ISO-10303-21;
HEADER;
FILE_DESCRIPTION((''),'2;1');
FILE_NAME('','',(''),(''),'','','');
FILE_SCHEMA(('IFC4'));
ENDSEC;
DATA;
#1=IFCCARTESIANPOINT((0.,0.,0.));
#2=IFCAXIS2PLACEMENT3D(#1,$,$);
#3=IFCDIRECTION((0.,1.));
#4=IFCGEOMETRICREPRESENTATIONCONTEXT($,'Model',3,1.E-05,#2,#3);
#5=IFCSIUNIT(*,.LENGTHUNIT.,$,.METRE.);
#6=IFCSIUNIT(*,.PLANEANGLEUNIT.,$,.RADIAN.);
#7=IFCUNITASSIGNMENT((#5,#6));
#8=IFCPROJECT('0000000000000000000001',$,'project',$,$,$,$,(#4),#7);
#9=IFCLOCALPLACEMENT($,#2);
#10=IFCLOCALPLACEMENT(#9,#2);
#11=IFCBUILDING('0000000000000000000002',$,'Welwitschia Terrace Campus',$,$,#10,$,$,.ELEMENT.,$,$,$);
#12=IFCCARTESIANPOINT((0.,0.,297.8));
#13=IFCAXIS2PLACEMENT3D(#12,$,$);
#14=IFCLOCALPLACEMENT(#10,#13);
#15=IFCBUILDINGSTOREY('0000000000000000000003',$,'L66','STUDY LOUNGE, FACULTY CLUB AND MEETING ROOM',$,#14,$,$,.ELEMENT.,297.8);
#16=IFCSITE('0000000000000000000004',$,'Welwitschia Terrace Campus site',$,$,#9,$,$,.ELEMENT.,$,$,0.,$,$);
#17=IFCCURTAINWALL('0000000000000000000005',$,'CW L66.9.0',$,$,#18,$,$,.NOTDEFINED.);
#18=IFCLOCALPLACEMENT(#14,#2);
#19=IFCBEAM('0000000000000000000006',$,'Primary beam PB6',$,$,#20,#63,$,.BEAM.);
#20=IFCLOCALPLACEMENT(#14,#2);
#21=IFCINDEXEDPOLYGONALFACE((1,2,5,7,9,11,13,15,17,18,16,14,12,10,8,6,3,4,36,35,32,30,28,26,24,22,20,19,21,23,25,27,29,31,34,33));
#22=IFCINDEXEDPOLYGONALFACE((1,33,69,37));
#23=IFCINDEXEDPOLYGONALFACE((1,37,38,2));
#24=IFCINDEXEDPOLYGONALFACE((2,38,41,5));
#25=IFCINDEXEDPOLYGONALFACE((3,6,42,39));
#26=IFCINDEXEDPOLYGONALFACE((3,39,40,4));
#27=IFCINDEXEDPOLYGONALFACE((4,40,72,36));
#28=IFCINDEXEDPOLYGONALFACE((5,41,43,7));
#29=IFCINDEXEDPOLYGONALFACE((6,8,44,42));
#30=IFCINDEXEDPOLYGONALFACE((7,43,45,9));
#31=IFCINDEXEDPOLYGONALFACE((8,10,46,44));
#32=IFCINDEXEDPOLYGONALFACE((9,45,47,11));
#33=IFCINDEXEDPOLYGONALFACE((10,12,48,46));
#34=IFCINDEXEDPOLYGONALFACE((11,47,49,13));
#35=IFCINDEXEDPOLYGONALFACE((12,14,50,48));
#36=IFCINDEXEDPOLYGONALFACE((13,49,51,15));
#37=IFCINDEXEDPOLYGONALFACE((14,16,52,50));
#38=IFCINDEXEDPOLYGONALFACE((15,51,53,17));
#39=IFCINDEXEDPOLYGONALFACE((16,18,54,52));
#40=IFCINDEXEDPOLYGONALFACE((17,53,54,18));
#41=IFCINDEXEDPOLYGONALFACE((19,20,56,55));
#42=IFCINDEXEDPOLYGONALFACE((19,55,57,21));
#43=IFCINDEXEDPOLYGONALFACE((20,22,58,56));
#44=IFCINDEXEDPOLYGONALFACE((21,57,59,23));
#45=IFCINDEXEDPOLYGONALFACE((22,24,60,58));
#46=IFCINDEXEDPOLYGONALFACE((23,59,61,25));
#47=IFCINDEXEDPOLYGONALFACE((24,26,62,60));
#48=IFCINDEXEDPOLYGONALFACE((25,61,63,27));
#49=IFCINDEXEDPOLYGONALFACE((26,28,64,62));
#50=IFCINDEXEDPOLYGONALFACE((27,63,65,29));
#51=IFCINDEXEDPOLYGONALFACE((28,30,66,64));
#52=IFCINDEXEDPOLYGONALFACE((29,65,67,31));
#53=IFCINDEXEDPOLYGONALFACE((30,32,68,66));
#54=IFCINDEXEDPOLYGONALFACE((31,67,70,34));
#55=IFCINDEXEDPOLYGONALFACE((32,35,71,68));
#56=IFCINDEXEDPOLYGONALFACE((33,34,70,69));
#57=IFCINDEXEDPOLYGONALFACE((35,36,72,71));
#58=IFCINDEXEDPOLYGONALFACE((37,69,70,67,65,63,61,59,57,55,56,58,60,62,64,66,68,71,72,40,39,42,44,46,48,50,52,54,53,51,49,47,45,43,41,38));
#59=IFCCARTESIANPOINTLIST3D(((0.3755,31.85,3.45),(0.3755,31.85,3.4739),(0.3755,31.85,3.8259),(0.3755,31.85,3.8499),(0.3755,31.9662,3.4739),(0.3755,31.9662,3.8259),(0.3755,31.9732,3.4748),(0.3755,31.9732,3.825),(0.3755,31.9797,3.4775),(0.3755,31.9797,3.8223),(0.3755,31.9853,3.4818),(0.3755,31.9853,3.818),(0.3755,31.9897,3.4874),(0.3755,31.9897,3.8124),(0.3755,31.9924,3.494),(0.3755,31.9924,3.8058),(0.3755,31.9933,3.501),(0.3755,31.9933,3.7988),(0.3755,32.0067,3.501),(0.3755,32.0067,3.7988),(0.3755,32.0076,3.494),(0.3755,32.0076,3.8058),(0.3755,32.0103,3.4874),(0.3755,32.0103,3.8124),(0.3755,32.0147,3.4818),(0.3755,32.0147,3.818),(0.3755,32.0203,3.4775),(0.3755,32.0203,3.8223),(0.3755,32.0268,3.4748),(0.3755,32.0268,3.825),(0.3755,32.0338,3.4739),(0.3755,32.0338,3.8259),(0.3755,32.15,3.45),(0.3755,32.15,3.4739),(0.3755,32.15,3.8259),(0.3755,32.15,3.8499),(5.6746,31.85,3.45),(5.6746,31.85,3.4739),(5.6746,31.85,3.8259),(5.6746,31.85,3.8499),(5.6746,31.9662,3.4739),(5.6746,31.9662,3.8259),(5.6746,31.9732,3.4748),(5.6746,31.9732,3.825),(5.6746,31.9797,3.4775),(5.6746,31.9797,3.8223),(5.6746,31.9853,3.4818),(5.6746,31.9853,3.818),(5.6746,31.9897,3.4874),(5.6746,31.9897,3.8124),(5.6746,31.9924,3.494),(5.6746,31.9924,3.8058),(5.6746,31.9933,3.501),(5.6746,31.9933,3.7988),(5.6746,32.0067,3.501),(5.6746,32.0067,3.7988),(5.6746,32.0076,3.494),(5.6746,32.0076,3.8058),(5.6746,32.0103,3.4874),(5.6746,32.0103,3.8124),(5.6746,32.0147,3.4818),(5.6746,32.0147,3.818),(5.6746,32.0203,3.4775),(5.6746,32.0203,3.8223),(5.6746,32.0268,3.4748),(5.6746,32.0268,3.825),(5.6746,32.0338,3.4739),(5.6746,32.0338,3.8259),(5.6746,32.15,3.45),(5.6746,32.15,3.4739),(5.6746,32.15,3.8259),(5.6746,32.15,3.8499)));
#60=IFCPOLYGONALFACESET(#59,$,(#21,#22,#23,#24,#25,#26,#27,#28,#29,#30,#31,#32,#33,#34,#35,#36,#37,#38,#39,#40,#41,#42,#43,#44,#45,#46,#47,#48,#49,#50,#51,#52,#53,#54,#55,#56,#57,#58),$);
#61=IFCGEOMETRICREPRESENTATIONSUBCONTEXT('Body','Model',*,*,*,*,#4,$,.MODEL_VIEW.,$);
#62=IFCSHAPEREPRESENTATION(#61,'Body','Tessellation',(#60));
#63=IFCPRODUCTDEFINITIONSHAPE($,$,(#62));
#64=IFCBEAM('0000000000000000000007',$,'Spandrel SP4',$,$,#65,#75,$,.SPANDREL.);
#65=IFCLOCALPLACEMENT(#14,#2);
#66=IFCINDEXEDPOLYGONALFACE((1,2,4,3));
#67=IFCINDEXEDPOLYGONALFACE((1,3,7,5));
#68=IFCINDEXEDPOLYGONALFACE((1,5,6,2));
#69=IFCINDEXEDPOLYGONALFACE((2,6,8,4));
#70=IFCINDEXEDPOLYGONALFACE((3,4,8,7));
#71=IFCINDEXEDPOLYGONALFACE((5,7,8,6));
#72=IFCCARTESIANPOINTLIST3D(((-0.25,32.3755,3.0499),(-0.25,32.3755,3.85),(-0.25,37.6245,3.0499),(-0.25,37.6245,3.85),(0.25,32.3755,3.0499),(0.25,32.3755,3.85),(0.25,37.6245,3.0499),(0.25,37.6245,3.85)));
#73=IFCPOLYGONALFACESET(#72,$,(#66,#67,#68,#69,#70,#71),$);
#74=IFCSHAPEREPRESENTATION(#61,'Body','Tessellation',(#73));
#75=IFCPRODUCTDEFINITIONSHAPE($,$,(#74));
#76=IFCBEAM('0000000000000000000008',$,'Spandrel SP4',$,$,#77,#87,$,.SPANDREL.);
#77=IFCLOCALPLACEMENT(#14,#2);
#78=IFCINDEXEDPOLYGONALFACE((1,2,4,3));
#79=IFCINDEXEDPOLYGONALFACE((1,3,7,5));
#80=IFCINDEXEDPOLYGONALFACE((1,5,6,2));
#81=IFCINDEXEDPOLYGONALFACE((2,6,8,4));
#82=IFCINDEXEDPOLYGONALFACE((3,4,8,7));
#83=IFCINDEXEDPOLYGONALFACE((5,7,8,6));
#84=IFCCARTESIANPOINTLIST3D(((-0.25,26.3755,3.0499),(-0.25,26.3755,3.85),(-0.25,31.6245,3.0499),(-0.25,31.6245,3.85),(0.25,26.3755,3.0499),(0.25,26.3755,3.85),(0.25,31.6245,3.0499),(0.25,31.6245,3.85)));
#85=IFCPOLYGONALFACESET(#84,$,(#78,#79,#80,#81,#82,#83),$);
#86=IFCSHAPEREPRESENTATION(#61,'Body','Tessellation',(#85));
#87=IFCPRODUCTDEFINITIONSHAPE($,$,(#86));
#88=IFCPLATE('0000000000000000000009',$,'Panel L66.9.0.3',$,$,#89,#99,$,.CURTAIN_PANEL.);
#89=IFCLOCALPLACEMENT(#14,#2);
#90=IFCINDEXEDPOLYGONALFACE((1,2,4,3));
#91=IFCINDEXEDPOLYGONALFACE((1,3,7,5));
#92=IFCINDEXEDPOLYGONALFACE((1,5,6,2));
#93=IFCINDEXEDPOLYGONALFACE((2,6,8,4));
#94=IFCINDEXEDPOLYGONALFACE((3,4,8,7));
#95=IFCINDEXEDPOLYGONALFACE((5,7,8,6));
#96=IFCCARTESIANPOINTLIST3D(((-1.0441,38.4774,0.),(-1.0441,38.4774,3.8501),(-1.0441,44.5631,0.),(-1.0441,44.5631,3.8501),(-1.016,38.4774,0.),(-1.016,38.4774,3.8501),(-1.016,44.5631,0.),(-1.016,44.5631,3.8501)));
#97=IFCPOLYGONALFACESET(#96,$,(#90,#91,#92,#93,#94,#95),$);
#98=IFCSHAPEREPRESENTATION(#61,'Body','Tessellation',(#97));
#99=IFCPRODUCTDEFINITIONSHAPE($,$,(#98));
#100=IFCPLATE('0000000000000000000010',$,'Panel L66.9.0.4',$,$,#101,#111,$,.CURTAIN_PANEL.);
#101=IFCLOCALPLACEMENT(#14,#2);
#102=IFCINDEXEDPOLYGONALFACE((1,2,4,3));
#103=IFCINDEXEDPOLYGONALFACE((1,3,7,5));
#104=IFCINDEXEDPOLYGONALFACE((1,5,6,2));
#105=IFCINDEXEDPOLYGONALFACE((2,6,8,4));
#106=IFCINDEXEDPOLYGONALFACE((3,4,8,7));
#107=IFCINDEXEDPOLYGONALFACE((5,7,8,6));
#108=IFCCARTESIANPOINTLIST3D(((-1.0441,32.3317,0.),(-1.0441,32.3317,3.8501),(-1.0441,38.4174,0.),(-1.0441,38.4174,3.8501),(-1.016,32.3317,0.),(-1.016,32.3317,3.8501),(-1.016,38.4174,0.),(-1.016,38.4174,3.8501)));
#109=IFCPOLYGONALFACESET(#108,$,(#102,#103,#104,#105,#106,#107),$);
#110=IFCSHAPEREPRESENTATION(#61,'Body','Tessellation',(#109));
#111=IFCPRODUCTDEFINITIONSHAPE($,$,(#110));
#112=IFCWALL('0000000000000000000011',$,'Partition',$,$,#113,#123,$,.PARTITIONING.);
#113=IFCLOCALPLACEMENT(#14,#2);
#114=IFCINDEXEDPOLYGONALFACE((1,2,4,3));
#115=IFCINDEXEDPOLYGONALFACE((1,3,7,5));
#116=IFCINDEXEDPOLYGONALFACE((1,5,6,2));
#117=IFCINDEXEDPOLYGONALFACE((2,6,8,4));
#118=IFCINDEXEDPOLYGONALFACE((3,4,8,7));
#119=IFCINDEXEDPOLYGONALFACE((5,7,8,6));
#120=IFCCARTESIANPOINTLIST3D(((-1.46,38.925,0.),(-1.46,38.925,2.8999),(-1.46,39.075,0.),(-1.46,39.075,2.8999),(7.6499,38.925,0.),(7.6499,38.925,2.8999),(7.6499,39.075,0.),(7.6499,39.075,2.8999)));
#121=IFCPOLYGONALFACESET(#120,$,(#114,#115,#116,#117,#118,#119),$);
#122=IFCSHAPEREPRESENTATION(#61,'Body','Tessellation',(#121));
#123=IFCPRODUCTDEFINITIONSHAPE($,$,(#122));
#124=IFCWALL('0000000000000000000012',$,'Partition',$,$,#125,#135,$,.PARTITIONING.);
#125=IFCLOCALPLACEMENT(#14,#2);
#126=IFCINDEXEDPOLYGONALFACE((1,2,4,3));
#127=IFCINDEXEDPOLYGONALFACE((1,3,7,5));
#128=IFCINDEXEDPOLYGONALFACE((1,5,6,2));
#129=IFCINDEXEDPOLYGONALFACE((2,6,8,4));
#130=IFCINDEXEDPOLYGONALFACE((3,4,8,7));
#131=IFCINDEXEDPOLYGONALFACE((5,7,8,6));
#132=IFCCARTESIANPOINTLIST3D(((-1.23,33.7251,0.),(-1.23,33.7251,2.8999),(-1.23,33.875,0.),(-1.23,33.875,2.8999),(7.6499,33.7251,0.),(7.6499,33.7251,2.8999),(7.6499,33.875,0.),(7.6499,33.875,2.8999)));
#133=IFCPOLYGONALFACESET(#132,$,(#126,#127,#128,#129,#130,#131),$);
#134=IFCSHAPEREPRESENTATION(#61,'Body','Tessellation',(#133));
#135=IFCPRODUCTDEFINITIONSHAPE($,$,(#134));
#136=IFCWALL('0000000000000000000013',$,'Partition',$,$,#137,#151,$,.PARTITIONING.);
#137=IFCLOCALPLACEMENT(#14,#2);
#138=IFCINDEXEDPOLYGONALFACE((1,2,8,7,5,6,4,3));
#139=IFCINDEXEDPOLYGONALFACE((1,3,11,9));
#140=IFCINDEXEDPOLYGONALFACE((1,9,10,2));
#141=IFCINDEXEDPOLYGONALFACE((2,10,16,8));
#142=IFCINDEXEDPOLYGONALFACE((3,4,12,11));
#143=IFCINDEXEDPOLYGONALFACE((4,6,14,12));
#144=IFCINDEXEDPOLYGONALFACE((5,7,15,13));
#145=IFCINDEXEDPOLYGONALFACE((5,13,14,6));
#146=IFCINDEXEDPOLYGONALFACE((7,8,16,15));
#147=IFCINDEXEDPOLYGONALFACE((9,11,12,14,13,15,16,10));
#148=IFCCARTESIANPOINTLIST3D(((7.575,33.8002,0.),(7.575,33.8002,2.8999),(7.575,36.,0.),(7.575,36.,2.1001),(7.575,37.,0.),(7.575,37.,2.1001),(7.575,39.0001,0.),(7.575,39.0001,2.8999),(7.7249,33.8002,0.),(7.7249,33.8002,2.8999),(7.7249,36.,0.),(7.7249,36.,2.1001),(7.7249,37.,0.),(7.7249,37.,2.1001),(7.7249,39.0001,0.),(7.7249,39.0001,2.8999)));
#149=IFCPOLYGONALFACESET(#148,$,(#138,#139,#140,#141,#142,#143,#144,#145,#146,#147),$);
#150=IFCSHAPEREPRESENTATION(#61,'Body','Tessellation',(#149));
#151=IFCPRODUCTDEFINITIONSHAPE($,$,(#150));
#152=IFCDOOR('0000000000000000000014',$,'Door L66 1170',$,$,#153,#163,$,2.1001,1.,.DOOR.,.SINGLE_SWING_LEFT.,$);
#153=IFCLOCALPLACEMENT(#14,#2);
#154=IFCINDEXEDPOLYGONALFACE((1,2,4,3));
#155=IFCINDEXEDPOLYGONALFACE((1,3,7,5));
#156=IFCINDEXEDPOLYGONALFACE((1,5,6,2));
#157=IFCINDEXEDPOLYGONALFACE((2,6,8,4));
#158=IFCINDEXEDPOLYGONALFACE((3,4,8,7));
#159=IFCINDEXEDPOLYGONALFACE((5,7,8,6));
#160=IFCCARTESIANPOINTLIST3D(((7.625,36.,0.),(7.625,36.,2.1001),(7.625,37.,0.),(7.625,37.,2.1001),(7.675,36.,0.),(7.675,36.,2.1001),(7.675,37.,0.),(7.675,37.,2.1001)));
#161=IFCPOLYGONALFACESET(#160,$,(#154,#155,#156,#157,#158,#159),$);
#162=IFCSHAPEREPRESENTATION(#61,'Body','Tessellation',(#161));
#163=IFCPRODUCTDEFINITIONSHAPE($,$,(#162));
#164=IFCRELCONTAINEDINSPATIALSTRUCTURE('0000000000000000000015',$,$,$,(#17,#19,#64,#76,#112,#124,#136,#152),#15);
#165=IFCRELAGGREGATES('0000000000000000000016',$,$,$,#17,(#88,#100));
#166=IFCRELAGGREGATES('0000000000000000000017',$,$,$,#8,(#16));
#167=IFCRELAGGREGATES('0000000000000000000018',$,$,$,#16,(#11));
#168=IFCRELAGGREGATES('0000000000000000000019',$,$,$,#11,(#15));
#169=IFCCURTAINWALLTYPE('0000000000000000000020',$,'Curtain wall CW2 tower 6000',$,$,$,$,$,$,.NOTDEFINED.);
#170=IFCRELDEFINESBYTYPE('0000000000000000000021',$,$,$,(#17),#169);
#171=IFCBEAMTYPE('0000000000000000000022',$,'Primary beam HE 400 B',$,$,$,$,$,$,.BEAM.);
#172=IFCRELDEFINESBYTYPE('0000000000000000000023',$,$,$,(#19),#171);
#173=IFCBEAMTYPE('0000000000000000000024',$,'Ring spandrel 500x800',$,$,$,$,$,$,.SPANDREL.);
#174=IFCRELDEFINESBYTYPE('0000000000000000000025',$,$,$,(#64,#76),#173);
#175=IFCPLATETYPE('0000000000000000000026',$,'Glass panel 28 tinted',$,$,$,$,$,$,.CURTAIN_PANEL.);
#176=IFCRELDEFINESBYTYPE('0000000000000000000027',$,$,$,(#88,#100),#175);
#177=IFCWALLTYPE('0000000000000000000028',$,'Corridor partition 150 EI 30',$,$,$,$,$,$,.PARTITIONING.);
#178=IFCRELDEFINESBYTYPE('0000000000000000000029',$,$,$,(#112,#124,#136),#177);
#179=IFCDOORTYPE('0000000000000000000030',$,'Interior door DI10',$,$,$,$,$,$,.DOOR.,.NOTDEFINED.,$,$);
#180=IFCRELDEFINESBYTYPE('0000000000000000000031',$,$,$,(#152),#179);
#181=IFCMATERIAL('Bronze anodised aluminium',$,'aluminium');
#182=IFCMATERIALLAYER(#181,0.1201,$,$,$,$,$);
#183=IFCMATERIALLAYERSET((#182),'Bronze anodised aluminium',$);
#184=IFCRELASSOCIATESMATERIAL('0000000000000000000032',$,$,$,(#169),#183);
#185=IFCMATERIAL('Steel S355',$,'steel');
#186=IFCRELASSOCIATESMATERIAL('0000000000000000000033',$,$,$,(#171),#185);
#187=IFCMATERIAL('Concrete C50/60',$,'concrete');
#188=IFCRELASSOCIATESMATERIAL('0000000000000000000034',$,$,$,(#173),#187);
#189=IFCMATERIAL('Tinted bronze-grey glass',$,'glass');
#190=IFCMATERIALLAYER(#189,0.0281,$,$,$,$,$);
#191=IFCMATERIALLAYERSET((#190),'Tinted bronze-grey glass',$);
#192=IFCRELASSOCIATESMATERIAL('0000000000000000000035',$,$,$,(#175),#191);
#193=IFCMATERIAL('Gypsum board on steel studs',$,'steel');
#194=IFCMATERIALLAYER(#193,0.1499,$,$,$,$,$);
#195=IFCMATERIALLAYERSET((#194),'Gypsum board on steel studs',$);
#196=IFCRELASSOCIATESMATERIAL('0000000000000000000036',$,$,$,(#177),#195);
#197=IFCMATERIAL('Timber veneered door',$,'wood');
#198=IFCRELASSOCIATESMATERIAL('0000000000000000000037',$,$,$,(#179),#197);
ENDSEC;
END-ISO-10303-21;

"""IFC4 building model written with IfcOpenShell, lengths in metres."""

from ifc_helpers import new_model, si_unit, direction, frame, frame_2d, origin, origin_2d, place, context, subcontext, project, spatial, rectangle, i_section, extrude, material, layer, layer_set, material_profile, profile_set, type_object, element, fill, aggregate, save


model = new_model("IFC4")

# Units and contexts
model_context = context("Model", 3, precision=1e-05, world=origin(), true_north=direction((0.0, 1.0)))
body_context = subcontext(model_context, "Body", "Model", "MODEL_VIEW")
ifc_project = project(units=[si_unit("LENGTHUNIT", "METRE"), si_unit("PLANEANGLEUNIT", "RADIAN")], contexts=[model_context])

# Site, building, storey
site_placement = place(None, origin())
site = spatial("IfcSite", under=ifc_project, at=site_placement, Name="Welwitschia Terrace Campus site", CompositionType="ELEMENT", RefElevation=0.0)
building_placement = place(site_placement, origin())
building = spatial("IfcBuilding", under=site, at=building_placement, Name="Welwitschia Terrace Campus", CompositionType="ELEMENT")
storey_placement = place(building_placement, frame((0.0, 0.0, 297.8)))
storey = spatial("IfcBuildingStorey", under=building, at=storey_placement, Name="L66", Description="STUDY LOUNGE, FACULTY CLUB AND MEETING ROOM", CompositionType="ELEMENT", Elevation=297.8)

# Curtain wall
ifc_material_1 = material(Name="Bronze anodised aluminium", Category="aluminium")
ifc_layer_1 = layer(ifc_material_1, 0.1201)
ifc_layer_set_1 = layer_set([ifc_layer_1], Name="Bronze anodised aluminium")
curtain_wall_type = type_object("IfcCurtainWallType", Name="Curtain wall CW2 tower 6000", PredefinedType="NOTDEFINED", material=ifc_layer_set_1)
curtain_wall_placement = place(storey_placement, origin())
curtain_wall = element("IfcCurtainWall", 1, at=curtain_wall_placement, inside=storey, type_object=curtain_wall_type, Name="CW L66.9.0", PredefinedType="NOTDEFINED")

# Beams
ifc_material_2 = material(Name="Steel S355", Category="steel")
ifc_material_profile_1 = material_profile(ifc_material_2, i_section(OverallWidth=0.3, OverallDepth=0.3999, WebThickness=0.0134, FlangeThickness=0.0239, FilletRadius=0.0271, at=origin_2d()))
ifc_profile_set_1 = profile_set([ifc_material_profile_1], Name="Steel S355")
beam_type_1 = type_object("IfcBeamType", Name="Primary beam HE 400 B", PredefinedType="BEAM", material=ifc_profile_set_1)
beam_1_placement = place(storey_placement, frame((0.3755, 32.0, 3.6499), z_axis=(1.0, 0.0, 0.0), x_axis=(0.0, 1.0, 0.0)))
element("IfcBeam", 2, at=beam_1_placement, inside=storey, type_object=beam_type_1, Name="Primary beam PB6", PredefinedType="BEAM", context=body_context, shape_type="SweptSolid", body=[
    extrude(i_section(OverallWidth=0.3, OverallDepth=0.3999, WebThickness=0.0134, FlangeThickness=0.0239, FilletRadius=0.0271, at=origin_2d()), origin(), (0.0, 0.0, 1.0), 5.2991),
])
ifc_material_3 = material(Name="Concrete C50/60", Category="concrete")
ifc_material_profile_2 = material_profile(ifc_material_3, rectangle(XDim=0.5, YDim=0.8, at=origin_2d()))
ifc_profile_set_2 = profile_set([ifc_material_profile_2], Name="Concrete C50/60")
beam_type_2 = type_object("IfcBeamType", Name="Ring spandrel 500x800", PredefinedType="SPANDREL", material=ifc_profile_set_2)
for number, where, z_axis, x_axis, name in (
    (3, (0.0, 37.6245, 3.45), (0.0, -1.0, 0.0), (1.0, 0.0, 0.0), "Spandrel SP4"),
    (4, (0.0, 31.6245, 3.45), (0.0, -1.0, 0.0), (1.0, 0.0, 0.0), "Spandrel SP4"),
):
    element("IfcBeam", number, at=place(storey_placement, frame(where, z_axis=z_axis, x_axis=x_axis)), inside=storey, type_object=beam_type_2, Name=name, PredefinedType="SPANDREL", context=body_context, shape_type="SweptSolid", body=[
        extrude(rectangle(XDim=0.5, YDim=0.8, at=origin_2d()), origin(), (0.0, 0.0, 1.0), 5.249),
    ])

# Plates
ifc_material_4 = material(Name="Tinted bronze-grey glass", Category="glass")
ifc_layer_2 = layer(ifc_material_4, 0.0281)
ifc_layer_set_2 = layer_set([ifc_layer_2], Name="Tinted bronze-grey glass")
plate_type = type_object("IfcPlateType", Name="Glass panel 28 tinted", PredefinedType="CURTAIN_PANEL", material=ifc_layer_set_2)
plate_1_placement = place(storey_placement, frame((-1.03, 41.5203, 0.0), z_axis=(0.0, 0.0, 1.0), x_axis=(0.0, -1.0, 0.0)))
plate_1 = element("IfcPlate", 5, at=plate_1_placement, type_object=plate_type, Name="Panel L66.9.0.3", PredefinedType="CURTAIN_PANEL", context=body_context, shape_type="SweptSolid", body=[
    extrude(rectangle(XDim=6.0857, YDim=0.0281, at=origin_2d()), origin(), (0.0, 0.0, 1.0), 3.8501),
])
plate_2_placement = place(storey_placement, frame((-1.03, 35.3745, 0.0), z_axis=(0.0, 0.0, 1.0), x_axis=(0.0, -1.0, 0.0)))
plate_2 = element("IfcPlate", 6, at=plate_2_placement, type_object=plate_type, Name="Panel L66.9.0.4", PredefinedType="CURTAIN_PANEL", context=body_context, shape_type="SweptSolid", body=[
    extrude(rectangle(XDim=6.0857, YDim=0.0281, at=origin_2d()), origin(), (0.0, 0.0, 1.0), 3.8501),
])
aggregate(curtain_wall, [plate_1, plate_2])

# Walls
ifc_material_5 = material(Name="Gypsum board on steel studs", Category="steel")
ifc_layer_3 = layer(ifc_material_5, 0.1499)
ifc_layer_set_3 = layer_set([ifc_layer_3], Name="Gypsum board on steel studs")
wall_type = type_object("IfcWallType", Name="Corridor partition 150 EI 30", PredefinedType="PARTITIONING", material=ifc_layer_set_3)
wall_1_placement = place(storey_placement, frame((-1.46, 39.0, 0.0), z_axis=(0.0, 0.0, 1.0), x_axis=(1.0, 0.0, 0.0)))
element("IfcWall", 7, at=wall_1_placement, inside=storey, type_object=wall_type, Name="Partition", PredefinedType="PARTITIONING", context=body_context, shape_type="SweptSolid", body=[
    extrude(rectangle(XDim=9.1099, YDim=0.1499, at=frame_2d((4.5549, 0.0))), origin(), (0.0, 0.0, 1.0), 2.8999),
])
wall_2_placement = place(storey_placement, frame((-1.23, 33.8, 0.0), z_axis=(0.0, 0.0, 1.0), x_axis=(1.0, 0.0, 0.0)))
element("IfcWall", 8, at=wall_2_placement, inside=storey, type_object=wall_type, Name="Partition", PredefinedType="PARTITIONING", context=body_context, shape_type="SweptSolid", body=[
    extrude(rectangle(XDim=8.8799, YDim=0.1499, at=frame_2d((4.4399, 0.0))), origin(), (0.0, 0.0, 1.0), 2.8999),
])

# Wall, opening, door
wall_3_placement = place(storey_placement, frame((7.6499, 33.8, 0.0), z_axis=(0.0, 0.0, 1.0), x_axis=(0.0, 1.0, 0.0)))
wall_3 = element("IfcWall", 9, at=wall_3_placement, inside=storey, type_object=wall_type, Name="Partition", PredefinedType="PARTITIONING", context=body_context, shape_type="SweptSolid", body=[
    extrude(rectangle(XDim=5.2, YDim=0.1499, at=frame_2d((2.6001, 0.0))), origin(), (0.0, 0.0, 1.0), 2.8999),
])
opening_1_placement = place(wall_3_placement, frame((2.2, 0.0, 0.0)))
opening_1 = element("IfcOpeningElement", 10, at=opening_1_placement, cuts=wall_3, PredefinedType="OPENING", context=body_context, shape_type="SweptSolid", body=[
    extrude(rectangle(XDim=1.0, YDim=2.1001, at=frame_2d((0.5, 1.05))), frame((0.0, 0.085, 0.0), z_axis=(0.0, -1.0, 0.0), x_axis=(1.0, 0.0, 0.0)), (0.0, 0.0, 1.0), 0.1699),
])
ifc_material_6 = material(Name="Timber veneered door", Category="wood")
door_type_1 = type_object("IfcDoorType", Name="Interior door DI10", OperationType="NOTDEFINED", PredefinedType="DOOR", material=ifc_material_6)
door_1_placement = place(opening_1_placement, origin())
door_1 = element("IfcDoor", 11, at=door_1_placement, inside=storey, type_object=door_type_1, Name="Door L66 1170", OperationType="SINGLE_SWING_LEFT", OverallHeight=2.1001, OverallWidth=1.0, PredefinedType="DOOR", context=body_context, shape_type="SweptSolid", body=[
    extrude(rectangle(XDim=1.0, YDim=2.1001, at=frame_2d((0.5, 1.05))), frame((0.0, 0.0249, 0.0), z_axis=(0.0, -1.0, 0.0), x_axis=(1.0, 0.0, 0.0)), (0.0, 0.0, 1.0), 0.05),
])
fill(opening_1, door_1)

save(model, "model.ifc")
